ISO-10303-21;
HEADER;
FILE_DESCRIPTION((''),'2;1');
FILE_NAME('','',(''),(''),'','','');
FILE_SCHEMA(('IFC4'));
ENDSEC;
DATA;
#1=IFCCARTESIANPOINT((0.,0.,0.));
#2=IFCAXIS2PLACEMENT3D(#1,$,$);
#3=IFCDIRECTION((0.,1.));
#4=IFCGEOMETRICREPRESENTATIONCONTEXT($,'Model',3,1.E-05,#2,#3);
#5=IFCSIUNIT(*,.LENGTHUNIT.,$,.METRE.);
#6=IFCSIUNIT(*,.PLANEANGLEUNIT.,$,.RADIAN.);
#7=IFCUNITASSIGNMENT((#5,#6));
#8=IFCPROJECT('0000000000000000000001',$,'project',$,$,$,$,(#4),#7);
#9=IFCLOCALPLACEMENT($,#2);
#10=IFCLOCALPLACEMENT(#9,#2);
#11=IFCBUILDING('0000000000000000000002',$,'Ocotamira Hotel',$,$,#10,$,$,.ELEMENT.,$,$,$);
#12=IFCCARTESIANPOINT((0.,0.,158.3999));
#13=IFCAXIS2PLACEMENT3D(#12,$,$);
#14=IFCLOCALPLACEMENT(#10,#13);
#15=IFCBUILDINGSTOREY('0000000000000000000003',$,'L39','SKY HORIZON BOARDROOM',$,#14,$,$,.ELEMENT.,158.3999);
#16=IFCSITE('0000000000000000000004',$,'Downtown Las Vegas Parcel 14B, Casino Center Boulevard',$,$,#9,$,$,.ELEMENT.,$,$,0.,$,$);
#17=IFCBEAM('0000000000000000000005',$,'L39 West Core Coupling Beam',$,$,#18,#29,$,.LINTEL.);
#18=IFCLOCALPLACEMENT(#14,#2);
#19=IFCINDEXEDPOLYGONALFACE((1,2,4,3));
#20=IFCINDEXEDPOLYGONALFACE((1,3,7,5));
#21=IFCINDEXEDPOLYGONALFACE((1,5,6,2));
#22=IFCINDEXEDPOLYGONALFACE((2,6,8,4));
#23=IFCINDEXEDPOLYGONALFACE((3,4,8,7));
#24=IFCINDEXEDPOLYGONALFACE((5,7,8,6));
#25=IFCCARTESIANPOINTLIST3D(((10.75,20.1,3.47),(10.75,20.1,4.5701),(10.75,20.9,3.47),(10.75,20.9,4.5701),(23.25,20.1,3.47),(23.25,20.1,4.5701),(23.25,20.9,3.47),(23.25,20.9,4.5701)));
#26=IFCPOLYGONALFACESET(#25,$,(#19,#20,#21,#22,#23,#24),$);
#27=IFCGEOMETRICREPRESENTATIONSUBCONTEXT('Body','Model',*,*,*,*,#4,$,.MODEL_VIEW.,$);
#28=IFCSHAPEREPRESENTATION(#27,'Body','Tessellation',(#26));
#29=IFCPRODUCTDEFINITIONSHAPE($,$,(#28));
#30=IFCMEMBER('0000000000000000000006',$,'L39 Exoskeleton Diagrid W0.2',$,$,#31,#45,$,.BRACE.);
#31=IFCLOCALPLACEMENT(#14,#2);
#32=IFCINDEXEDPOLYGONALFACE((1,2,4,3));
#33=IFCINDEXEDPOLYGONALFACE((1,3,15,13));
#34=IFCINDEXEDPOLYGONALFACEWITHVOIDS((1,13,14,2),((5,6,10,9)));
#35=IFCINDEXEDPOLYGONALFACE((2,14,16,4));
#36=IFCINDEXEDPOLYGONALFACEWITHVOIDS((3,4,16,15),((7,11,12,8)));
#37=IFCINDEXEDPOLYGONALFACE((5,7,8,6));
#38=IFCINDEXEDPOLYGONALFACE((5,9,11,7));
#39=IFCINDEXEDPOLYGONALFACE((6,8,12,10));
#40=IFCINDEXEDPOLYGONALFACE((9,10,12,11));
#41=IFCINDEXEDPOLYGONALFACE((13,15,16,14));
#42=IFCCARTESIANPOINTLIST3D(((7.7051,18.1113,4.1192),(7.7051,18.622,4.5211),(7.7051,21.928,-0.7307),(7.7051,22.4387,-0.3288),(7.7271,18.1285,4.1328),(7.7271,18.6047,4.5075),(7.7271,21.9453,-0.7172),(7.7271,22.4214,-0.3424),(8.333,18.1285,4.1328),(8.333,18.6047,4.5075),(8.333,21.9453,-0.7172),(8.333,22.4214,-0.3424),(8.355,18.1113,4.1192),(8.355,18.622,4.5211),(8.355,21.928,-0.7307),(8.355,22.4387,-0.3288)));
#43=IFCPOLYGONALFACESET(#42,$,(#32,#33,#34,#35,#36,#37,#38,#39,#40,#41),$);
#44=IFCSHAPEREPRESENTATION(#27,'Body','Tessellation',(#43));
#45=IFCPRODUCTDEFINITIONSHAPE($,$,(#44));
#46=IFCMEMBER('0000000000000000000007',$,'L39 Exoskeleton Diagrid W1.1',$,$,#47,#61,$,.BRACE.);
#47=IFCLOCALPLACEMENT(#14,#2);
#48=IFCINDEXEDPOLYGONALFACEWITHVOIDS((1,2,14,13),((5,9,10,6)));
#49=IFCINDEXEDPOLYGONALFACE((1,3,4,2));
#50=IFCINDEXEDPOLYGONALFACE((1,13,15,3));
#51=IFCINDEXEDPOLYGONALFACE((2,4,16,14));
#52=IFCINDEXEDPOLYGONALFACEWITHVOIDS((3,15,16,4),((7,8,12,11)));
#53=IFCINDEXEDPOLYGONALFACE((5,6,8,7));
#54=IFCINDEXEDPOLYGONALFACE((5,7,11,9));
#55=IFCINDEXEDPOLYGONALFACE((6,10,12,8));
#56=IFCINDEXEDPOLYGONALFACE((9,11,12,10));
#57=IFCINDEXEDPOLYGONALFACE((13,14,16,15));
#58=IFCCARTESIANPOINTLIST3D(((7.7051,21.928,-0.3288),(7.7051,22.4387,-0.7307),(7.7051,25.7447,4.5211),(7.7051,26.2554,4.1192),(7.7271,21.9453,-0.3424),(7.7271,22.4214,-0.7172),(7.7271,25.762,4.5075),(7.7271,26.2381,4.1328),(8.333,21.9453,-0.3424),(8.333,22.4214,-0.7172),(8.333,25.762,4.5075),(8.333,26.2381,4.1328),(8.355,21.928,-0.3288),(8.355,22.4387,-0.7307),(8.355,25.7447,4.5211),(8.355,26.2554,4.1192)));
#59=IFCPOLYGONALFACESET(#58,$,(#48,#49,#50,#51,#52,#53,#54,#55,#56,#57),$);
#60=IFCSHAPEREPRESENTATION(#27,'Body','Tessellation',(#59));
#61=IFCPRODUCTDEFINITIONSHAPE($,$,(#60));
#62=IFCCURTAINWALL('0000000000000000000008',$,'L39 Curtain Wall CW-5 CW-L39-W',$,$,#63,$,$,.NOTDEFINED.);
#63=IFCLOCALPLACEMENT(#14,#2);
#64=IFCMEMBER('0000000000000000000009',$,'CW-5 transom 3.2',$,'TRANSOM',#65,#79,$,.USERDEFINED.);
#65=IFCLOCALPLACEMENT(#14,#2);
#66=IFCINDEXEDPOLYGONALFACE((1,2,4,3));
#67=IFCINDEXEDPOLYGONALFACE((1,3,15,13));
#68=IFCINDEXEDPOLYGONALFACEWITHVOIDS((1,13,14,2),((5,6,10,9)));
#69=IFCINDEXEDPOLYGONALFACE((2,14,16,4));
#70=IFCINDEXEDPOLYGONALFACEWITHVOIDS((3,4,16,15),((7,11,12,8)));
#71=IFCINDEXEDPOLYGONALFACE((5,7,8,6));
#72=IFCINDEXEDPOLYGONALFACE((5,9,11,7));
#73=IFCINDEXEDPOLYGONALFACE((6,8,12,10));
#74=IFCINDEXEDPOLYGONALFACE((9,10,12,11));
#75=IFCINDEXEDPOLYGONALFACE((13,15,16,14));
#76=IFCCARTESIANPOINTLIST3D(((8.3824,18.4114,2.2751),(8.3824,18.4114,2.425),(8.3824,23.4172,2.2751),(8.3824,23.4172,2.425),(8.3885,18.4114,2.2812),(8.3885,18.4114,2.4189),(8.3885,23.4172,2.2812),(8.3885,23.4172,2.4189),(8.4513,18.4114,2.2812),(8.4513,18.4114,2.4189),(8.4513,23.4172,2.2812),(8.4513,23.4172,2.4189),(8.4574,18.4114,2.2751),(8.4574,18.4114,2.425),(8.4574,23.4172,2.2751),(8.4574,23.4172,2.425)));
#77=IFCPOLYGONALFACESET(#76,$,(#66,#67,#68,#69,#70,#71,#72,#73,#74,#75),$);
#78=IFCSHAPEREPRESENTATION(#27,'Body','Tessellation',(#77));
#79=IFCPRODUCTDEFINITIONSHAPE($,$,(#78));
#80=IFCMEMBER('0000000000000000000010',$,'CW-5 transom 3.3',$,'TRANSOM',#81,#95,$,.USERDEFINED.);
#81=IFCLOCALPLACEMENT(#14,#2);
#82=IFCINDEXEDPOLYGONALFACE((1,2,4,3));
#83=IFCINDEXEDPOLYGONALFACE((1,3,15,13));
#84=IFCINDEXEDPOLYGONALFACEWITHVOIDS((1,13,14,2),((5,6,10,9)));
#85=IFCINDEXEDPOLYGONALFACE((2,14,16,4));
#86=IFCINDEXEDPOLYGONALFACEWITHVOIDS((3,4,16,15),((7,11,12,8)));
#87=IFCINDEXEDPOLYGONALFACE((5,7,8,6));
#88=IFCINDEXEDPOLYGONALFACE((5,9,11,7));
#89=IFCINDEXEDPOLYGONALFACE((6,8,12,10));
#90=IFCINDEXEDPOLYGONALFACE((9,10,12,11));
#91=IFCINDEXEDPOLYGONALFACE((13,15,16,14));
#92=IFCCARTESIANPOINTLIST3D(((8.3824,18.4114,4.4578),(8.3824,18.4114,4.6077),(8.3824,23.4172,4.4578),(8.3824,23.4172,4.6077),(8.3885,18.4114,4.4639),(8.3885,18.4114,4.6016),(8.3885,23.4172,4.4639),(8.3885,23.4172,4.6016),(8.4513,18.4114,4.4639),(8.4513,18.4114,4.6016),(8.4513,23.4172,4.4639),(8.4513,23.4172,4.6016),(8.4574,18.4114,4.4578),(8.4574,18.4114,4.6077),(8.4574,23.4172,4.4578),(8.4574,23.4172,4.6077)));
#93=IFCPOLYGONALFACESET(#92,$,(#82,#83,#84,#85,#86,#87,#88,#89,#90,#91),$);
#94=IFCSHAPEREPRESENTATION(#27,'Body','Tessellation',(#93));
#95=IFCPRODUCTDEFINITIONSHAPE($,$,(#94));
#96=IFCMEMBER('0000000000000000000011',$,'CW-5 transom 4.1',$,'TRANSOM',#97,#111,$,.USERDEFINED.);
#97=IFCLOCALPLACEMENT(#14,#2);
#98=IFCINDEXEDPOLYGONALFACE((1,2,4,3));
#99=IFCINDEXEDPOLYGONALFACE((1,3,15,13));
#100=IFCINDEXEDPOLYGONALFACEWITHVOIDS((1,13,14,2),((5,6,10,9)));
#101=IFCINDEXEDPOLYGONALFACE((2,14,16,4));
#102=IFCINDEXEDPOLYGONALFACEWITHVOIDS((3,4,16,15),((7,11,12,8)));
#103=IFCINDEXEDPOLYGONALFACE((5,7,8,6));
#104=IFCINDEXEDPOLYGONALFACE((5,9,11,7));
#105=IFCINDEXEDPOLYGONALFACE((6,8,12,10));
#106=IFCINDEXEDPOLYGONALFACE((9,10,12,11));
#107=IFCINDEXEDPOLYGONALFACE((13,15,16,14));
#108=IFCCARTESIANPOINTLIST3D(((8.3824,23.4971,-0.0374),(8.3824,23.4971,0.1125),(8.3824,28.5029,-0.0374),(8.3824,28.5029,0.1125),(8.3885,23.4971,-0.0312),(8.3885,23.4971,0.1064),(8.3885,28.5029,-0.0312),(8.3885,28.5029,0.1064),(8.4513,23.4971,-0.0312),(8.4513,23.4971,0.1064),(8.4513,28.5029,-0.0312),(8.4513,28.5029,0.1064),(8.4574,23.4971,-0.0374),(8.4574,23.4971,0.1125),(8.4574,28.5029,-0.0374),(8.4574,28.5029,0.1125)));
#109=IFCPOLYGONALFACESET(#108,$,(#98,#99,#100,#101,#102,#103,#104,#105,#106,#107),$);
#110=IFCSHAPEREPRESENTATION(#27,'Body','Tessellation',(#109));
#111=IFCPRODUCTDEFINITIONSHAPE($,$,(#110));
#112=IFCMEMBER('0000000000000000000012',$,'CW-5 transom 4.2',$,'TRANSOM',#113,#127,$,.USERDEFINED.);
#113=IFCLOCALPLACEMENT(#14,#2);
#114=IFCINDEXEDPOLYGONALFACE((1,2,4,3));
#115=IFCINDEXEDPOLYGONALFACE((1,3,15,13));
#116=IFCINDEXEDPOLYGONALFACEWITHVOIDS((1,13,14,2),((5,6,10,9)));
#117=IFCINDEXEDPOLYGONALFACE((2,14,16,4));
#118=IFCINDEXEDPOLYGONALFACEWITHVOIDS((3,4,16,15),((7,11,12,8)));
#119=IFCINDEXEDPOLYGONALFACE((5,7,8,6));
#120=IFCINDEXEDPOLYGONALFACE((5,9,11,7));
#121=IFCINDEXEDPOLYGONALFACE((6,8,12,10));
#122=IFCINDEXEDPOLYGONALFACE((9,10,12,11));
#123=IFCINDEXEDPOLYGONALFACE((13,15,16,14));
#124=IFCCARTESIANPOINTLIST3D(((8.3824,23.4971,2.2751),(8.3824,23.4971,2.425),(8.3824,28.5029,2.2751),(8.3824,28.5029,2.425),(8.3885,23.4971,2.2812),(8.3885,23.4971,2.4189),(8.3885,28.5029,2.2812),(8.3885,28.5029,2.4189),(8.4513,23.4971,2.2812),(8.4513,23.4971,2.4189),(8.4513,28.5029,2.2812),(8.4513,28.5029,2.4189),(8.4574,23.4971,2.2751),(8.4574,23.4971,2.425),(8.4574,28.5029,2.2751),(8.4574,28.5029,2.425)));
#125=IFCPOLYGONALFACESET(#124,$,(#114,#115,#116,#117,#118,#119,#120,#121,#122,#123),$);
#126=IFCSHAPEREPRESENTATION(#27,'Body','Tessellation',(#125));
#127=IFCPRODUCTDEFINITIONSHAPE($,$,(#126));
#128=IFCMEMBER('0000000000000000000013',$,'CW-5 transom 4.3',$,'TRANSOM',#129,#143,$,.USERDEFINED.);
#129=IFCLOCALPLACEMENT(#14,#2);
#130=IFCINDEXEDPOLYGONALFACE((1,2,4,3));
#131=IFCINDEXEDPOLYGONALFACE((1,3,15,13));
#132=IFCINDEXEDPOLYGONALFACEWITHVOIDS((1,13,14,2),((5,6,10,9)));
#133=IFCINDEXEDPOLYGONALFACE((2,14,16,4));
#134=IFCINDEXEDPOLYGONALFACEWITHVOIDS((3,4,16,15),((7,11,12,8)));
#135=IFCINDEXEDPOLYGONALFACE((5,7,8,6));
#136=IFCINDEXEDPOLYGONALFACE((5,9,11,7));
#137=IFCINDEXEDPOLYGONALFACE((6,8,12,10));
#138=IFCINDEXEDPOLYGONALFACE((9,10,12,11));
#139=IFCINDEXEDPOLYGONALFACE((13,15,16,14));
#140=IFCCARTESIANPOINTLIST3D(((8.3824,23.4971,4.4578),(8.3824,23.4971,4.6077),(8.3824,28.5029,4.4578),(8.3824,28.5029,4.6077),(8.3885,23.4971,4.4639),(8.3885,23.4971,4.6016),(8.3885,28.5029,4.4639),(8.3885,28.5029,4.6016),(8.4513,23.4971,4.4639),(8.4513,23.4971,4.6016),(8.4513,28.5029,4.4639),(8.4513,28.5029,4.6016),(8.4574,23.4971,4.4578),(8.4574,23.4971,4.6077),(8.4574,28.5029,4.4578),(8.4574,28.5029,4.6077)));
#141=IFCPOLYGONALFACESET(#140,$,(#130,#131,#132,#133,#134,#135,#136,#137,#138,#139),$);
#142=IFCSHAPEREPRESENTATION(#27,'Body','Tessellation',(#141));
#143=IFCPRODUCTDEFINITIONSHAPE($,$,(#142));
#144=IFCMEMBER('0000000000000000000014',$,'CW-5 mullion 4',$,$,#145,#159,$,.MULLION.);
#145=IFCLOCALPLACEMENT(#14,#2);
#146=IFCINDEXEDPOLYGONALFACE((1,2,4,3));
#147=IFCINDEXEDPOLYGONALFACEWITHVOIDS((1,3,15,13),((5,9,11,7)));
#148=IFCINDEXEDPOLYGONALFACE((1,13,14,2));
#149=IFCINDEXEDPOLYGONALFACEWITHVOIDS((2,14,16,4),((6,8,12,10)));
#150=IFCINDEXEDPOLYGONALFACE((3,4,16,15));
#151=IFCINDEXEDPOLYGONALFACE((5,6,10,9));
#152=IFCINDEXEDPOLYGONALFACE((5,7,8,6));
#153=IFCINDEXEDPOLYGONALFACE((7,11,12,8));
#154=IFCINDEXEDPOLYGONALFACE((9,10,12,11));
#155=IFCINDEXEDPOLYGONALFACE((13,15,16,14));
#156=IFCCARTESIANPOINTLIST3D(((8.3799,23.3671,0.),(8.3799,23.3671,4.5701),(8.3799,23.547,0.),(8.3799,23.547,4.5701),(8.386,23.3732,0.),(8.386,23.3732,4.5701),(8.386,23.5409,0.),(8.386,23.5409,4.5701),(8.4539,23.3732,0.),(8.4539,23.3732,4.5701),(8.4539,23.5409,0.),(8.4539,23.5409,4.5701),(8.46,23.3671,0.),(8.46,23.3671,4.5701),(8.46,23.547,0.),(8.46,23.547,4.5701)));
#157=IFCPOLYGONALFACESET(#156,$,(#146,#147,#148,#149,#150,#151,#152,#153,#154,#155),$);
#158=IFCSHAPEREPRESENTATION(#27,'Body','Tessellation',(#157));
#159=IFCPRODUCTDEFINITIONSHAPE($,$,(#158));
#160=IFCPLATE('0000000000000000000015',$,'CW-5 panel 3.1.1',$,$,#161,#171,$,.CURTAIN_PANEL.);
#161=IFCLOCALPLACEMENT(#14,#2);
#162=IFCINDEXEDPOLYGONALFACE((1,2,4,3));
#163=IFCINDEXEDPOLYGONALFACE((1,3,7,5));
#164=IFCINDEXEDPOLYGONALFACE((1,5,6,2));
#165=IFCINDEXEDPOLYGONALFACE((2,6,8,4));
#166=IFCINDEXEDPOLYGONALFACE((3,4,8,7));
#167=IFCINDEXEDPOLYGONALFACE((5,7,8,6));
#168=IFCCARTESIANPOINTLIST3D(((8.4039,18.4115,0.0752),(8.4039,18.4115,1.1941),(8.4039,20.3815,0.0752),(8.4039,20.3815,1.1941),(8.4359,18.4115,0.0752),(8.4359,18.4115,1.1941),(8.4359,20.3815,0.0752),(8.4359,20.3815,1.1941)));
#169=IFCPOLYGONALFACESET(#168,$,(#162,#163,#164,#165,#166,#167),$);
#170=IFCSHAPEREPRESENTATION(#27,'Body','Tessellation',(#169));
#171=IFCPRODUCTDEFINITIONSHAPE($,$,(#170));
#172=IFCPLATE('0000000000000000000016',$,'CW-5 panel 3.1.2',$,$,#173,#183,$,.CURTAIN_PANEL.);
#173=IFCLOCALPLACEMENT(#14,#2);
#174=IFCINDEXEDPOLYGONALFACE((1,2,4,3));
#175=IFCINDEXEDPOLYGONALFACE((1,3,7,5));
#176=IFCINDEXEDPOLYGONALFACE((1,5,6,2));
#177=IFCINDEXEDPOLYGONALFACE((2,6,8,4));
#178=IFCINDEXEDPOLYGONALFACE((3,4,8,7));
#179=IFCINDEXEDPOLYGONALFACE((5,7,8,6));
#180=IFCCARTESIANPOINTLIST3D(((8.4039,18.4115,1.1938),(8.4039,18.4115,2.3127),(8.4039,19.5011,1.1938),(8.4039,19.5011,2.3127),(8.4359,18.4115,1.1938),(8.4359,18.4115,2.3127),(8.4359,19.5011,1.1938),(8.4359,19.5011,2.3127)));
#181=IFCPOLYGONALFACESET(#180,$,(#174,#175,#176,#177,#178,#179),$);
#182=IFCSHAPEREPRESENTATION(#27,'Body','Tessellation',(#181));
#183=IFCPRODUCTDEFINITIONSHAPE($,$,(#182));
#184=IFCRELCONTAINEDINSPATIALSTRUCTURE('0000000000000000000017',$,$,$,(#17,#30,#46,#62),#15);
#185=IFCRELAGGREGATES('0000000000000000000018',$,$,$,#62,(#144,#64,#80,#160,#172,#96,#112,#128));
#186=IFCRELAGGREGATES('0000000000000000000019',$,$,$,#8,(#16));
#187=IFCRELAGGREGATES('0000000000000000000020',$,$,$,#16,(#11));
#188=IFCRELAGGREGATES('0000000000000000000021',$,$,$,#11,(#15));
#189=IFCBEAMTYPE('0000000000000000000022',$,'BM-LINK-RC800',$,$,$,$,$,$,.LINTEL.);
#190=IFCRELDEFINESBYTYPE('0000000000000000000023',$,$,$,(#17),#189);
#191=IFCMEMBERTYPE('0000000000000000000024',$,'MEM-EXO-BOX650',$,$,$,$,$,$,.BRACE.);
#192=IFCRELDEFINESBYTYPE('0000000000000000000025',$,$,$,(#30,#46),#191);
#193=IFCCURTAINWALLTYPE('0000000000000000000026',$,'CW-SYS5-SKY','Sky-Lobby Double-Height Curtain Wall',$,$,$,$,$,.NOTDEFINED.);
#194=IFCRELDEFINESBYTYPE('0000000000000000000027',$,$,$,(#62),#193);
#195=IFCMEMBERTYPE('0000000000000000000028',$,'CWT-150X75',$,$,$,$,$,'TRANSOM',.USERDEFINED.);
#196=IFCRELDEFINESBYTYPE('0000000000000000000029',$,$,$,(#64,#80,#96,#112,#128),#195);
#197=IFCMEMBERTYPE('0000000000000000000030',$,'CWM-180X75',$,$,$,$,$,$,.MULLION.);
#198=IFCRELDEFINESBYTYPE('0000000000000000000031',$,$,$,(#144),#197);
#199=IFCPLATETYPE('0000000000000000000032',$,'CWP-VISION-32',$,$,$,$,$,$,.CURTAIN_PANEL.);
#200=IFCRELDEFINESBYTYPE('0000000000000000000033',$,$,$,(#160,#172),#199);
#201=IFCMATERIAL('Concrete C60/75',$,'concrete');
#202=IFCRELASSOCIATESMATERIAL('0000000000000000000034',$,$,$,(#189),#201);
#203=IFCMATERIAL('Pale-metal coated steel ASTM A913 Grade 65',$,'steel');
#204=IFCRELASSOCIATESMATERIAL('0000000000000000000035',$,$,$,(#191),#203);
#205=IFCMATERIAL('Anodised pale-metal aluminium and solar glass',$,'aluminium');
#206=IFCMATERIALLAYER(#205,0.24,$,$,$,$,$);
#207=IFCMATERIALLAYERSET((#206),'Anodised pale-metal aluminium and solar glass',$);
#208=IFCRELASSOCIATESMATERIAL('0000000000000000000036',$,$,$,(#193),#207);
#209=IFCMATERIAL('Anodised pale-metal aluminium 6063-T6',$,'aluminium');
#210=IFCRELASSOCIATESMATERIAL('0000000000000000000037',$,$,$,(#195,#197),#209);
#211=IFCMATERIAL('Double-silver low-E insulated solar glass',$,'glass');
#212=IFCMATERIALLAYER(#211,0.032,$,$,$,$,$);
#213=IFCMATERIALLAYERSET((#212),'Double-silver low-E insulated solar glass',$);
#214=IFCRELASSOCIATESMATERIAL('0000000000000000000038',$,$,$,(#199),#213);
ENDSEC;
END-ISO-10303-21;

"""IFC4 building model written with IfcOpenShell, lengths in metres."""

from ifc_helpers import new_model, si_unit, direction, frame, origin, origin_2d, place, context, subcontext, project, spatial, rectangle, hollow_rectangle, extrude, source, transform, mapped, material, layer, layer_set, material_profile, profile_set, type_object, element, aggregate, save


model = new_model("IFC4")

# Units and contexts
model_context = context("Model", 3, precision=1e-05, world=origin(), true_north=direction((0.0, 1.0)))
body_context = subcontext(model_context, "Body", "Model", "MODEL_VIEW")
ifc_project = project(units=[si_unit("LENGTHUNIT", "METRE"), si_unit("PLANEANGLEUNIT", "RADIAN")], contexts=[model_context])

# Site, building, storey
site_placement = place(None, origin())
site = spatial("IfcSite", under=ifc_project, at=site_placement, Name="Downtown Las Vegas Parcel 14B, Casino Center Boulevard", CompositionType="ELEMENT", RefElevation=0.0)
building_placement = place(site_placement, origin())
building = spatial("IfcBuilding", under=site, at=building_placement, Name="Ocotamira Hotel", CompositionType="ELEMENT")
storey_placement = place(building_placement, frame((0.0, 0.0, 158.3999)))
storey = spatial("IfcBuildingStorey", under=building, at=storey_placement, Name="L39", Description="SKY HORIZON BOARDROOM", CompositionType="ELEMENT", Elevation=158.3999)

# Beam
ifc_material_1 = material(Name="Concrete C60/75", Category="concrete")
ifc_material_profile_1 = material_profile(ifc_material_1, rectangle(XDim=0.8, YDim=1.1001, at=origin_2d()), Name="RC800X1100")
ifc_profile_set_1 = profile_set([ifc_material_profile_1], Name="Concrete C60/75")
beam_type = type_object("IfcBeamType", Name="BM-LINK-RC800", PredefinedType="LINTEL", material=ifc_profile_set_1)
shared_shape_1 = source(origin(), body_context, "Body", "SweptSolid", [
    extrude(rectangle(XDim=0.8, YDim=1.1001, at=origin_2d()), origin(), (0.0, 0.0, 1.0), 12.5),
])
beam_placement = place(storey_placement, frame((10.75, 20.5, 4.02), z_axis=(1.0, 0.0, 0.0), x_axis=(0.0, 1.0, 0.0)))
element("IfcBeam", 1, at=beam_placement, inside=storey, type_object=beam_type, Name="L39 West Core Coupling Beam", PredefinedType="LINTEL", context=body_context, shape_type="MappedRepresentation", body=[
    mapped(shared_shape_1, transform((0.0, 0.0, 0.0), scale=1.0)),
])

# Members
ifc_material_2 = material(Name="Pale-metal coated steel ASTM A913 Grade 65", Category="steel")
ifc_material_profile_2 = material_profile(ifc_material_2, hollow_rectangle(XDim=0.6499, YDim=0.6499, WallThickness=0.022, at=origin_2d()), Name="BOX650X650X22")
ifc_profile_set_2 = profile_set([ifc_material_profile_2], Name="Pale-metal coated steel ASTM A913 Grade 65")
member_type_1 = type_object("IfcMemberType", Name="MEM-EXO-BOX650", PredefinedType="BRACE", material=ifc_profile_set_2)
shared_shape_2 = source(origin(), body_context, "Body", "SweptSolid", [
    extrude(hollow_rectangle(XDim=0.6499, YDim=0.6499, WallThickness=0.022, at=origin_2d()), origin(), (0.0, 0.0, 1.0), 6.1716),
])
for number, where, z_axis, x_axis, name in (
    (2, (8.03, 22.1833, -0.5298), (0.0, -0.618428, 0.785842), (1.0, 0.0, 0.0), "L39 Exoskeleton Diagrid W0.2"),
    (3, (8.03, 22.1833, -0.5298), (0.0, 0.618428, 0.785842), (-1.0, 0.0, 0.0), "L39 Exoskeleton Diagrid W1.1"),
):
    element("IfcMember", number, at=place(storey_placement, frame(where, z_axis=z_axis, x_axis=x_axis)), inside=storey, type_object=member_type_1, Name=name, PredefinedType="BRACE", context=body_context, shape_type="MappedRepresentation", body=[
        mapped(shared_shape_2, transform((0.0, 0.0, 0.0), scale=1.0)),
    ])

# Curtain wall, members, plates
ifc_material_3 = material(Name="Anodised pale-metal aluminium and solar glass", Category="aluminium")
ifc_layer_1 = layer(ifc_material_3, 0.24)
ifc_layer_set_1 = layer_set([ifc_layer_1], Name="Anodised pale-metal aluminium and solar glass")
curtain_wall_type = type_object("IfcCurtainWallType", Name="CW-SYS5-SKY", Description="Sky-Lobby Double-Height Curtain Wall", PredefinedType="NOTDEFINED", material=ifc_layer_set_1)
curtain_wall_placement = place(storey_placement, origin())
curtain_wall = element("IfcCurtainWall", 4, at=curtain_wall_placement, inside=storey, type_object=curtain_wall_type, Name="L39 Curtain Wall CW-5 CW-L39-W", PredefinedType="NOTDEFINED")
ifc_material_4 = material(Name="Anodised pale-metal aluminium 6063-T6", Category="aluminium")
ifc_material_profile_3 = material_profile(ifc_material_4, hollow_rectangle(XDim=0.075, YDim=0.1499, WallThickness=0.0061, at=origin_2d()), Name="HSS150X75X6")
ifc_profile_set_3 = profile_set([ifc_material_profile_3], Name="Anodised pale-metal aluminium 6063-T6")
member_type_2 = type_object("IfcMemberType", Name="CWT-150X75", ElementType="TRANSOM", PredefinedType="USERDEFINED", material=ifc_profile_set_3)
shared_shape_3 = source(origin(), body_context, "Body", "SweptSolid", [
    extrude(hollow_rectangle(XDim=0.075, YDim=0.1499, WallThickness=0.0061, at=origin_2d()), origin(), (0.0, 0.0, 1.0), 5.0059),
])
member_1_placement = place(storey_placement, frame((8.4199, 18.4114, 2.3501), z_axis=(0.0, 1.0, 0.0), x_axis=(-1.0, 0.0, 0.0)))
member_1 = element("IfcMember", 5, at=member_1_placement, type_object=member_type_2, Name="CW-5 transom 3.2", ObjectType="TRANSOM", PredefinedType="USERDEFINED", context=body_context, shape_type="MappedRepresentation", body=[
    mapped(shared_shape_3, transform((0.0, 0.0, 0.0), scale=1.0)),
])
member_2_placement = place(storey_placement, frame((8.4199, 18.4114, 4.5327), z_axis=(0.0, 1.0, 0.0), x_axis=(-1.0, 0.0, 0.0)))
member_2 = element("IfcMember", 6, at=member_2_placement, type_object=member_type_2, Name="CW-5 transom 3.3", ObjectType="TRANSOM", PredefinedType="USERDEFINED", context=body_context, shape_type="MappedRepresentation", body=[
    mapped(shared_shape_3, transform((0.0, 0.0, 0.0), scale=1.0)),
])
member_3_placement = place(storey_placement, frame((8.4199, 23.4971, 0.0376), z_axis=(0.0, 1.0, 0.0), x_axis=(-1.0, 0.0, 0.0)))
member_3 = element("IfcMember", 7, at=member_3_placement, type_object=member_type_2, Name="CW-5 transom 4.1", ObjectType="TRANSOM", PredefinedType="USERDEFINED", context=body_context, shape_type="MappedRepresentation", body=[
    mapped(shared_shape_3, transform((0.0, 0.0, 0.0), scale=1.0)),
])
member_4_placement = place(storey_placement, frame((8.4199, 23.4971, 2.3501), z_axis=(0.0, 1.0, 0.0), x_axis=(-1.0, 0.0, 0.0)))
member_4 = element("IfcMember", 8, at=member_4_placement, type_object=member_type_2, Name="CW-5 transom 4.2", ObjectType="TRANSOM", PredefinedType="USERDEFINED", context=body_context, shape_type="MappedRepresentation", body=[
    mapped(shared_shape_3, transform((0.0, 0.0, 0.0), scale=1.0)),
])
member_5_placement = place(storey_placement, frame((8.4199, 23.4971, 4.5327), z_axis=(0.0, 1.0, 0.0), x_axis=(-1.0, 0.0, 0.0)))
member_5 = element("IfcMember", 9, at=member_5_placement, type_object=member_type_2, Name="CW-5 transom 4.3", ObjectType="TRANSOM", PredefinedType="USERDEFINED", context=body_context, shape_type="MappedRepresentation", body=[
    mapped(shared_shape_3, transform((0.0, 0.0, 0.0), scale=1.0)),
])
ifc_material_profile_4 = material_profile(ifc_material_4, hollow_rectangle(XDim=0.0801, YDim=0.1799, WallThickness=0.0061, at=origin_2d()), Name="HSS180X80X6")
ifc_profile_set_4 = profile_set([ifc_material_profile_4], Name="Anodised pale-metal aluminium 6063-T6")
member_type_3 = type_object("IfcMemberType", Name="CWM-180X75", PredefinedType="MULLION", material=ifc_profile_set_4)
shared_shape_4 = source(origin(), body_context, "Body", "SweptSolid", [
    extrude(hollow_rectangle(XDim=0.0801, YDim=0.1799, WallThickness=0.0061, at=origin_2d()), origin(), (0.0, 0.0, 1.0), 4.5701),
])
member_6_placement = place(storey_placement, frame((8.4199, 23.457, 0.0), z_axis=(0.0, 0.0, 1.0), x_axis=(-1.0, 0.0, 0.0)))
member_6 = element("IfcMember", 10, at=member_6_placement, type_object=member_type_3, Name="CW-5 mullion 4", PredefinedType="MULLION", context=body_context, shape_type="MappedRepresentation", body=[
    mapped(shared_shape_4, transform((0.0, 0.0, 0.0), scale=1.0)),
])
ifc_material_5 = material(Name="Double-silver low-E insulated solar glass", Category="glass")
ifc_layer_2 = layer(ifc_material_5, 0.032)
ifc_layer_set_2 = layer_set([ifc_layer_2], Name="Double-silver low-E insulated solar glass")
plate_type = type_object("IfcPlateType", Name="CWP-VISION-32", PredefinedType="CURTAIN_PANEL", material=ifc_layer_set_2)
shared_shape_5 = source(origin(), body_context, "Body", "SweptSolid", [
    extrude(rectangle(XDim=1.97, YDim=0.032, at=origin_2d()), origin(), (0.0, 0.0, 1.0), 1.1189),
])
plate_1_placement = place(storey_placement, frame((8.4199, 19.3965, 0.0752), z_axis=(0.0, 0.0, 1.0), x_axis=(0.0, 1.0, 0.0)))
plate_1 = element("IfcPlate", 11, at=plate_1_placement, type_object=plate_type, Name="CW-5 panel 3.1.1", PredefinedType="CURTAIN_PANEL", context=body_context, shape_type="MappedRepresentation", body=[
    mapped(shared_shape_5, transform((0.0, 0.0, 0.0), scale=1.0)),
])
shared_shape_6 = source(origin(), body_context, "Body", "SweptSolid", [
    extrude(rectangle(XDim=1.0896, YDim=0.032, at=origin_2d()), origin(), (0.0, 0.0, 1.0), 1.1189),
])
plate_2_placement = place(storey_placement, frame((8.4199, 18.9563, 1.1938), z_axis=(0.0, 0.0, 1.0), x_axis=(0.0, 1.0, 0.0)))
plate_2 = element("IfcPlate", 12, at=plate_2_placement, type_object=plate_type, Name="CW-5 panel 3.1.2", PredefinedType="CURTAIN_PANEL", context=body_context, shape_type="MappedRepresentation", body=[
    mapped(shared_shape_6, transform((0.0, 0.0, 0.0), scale=1.0)),
])
aggregate(curtain_wall, [member_6, member_1, member_2, plate_1, plate_2, member_3, member_4, member_5])

save(model, "model.ifc")
